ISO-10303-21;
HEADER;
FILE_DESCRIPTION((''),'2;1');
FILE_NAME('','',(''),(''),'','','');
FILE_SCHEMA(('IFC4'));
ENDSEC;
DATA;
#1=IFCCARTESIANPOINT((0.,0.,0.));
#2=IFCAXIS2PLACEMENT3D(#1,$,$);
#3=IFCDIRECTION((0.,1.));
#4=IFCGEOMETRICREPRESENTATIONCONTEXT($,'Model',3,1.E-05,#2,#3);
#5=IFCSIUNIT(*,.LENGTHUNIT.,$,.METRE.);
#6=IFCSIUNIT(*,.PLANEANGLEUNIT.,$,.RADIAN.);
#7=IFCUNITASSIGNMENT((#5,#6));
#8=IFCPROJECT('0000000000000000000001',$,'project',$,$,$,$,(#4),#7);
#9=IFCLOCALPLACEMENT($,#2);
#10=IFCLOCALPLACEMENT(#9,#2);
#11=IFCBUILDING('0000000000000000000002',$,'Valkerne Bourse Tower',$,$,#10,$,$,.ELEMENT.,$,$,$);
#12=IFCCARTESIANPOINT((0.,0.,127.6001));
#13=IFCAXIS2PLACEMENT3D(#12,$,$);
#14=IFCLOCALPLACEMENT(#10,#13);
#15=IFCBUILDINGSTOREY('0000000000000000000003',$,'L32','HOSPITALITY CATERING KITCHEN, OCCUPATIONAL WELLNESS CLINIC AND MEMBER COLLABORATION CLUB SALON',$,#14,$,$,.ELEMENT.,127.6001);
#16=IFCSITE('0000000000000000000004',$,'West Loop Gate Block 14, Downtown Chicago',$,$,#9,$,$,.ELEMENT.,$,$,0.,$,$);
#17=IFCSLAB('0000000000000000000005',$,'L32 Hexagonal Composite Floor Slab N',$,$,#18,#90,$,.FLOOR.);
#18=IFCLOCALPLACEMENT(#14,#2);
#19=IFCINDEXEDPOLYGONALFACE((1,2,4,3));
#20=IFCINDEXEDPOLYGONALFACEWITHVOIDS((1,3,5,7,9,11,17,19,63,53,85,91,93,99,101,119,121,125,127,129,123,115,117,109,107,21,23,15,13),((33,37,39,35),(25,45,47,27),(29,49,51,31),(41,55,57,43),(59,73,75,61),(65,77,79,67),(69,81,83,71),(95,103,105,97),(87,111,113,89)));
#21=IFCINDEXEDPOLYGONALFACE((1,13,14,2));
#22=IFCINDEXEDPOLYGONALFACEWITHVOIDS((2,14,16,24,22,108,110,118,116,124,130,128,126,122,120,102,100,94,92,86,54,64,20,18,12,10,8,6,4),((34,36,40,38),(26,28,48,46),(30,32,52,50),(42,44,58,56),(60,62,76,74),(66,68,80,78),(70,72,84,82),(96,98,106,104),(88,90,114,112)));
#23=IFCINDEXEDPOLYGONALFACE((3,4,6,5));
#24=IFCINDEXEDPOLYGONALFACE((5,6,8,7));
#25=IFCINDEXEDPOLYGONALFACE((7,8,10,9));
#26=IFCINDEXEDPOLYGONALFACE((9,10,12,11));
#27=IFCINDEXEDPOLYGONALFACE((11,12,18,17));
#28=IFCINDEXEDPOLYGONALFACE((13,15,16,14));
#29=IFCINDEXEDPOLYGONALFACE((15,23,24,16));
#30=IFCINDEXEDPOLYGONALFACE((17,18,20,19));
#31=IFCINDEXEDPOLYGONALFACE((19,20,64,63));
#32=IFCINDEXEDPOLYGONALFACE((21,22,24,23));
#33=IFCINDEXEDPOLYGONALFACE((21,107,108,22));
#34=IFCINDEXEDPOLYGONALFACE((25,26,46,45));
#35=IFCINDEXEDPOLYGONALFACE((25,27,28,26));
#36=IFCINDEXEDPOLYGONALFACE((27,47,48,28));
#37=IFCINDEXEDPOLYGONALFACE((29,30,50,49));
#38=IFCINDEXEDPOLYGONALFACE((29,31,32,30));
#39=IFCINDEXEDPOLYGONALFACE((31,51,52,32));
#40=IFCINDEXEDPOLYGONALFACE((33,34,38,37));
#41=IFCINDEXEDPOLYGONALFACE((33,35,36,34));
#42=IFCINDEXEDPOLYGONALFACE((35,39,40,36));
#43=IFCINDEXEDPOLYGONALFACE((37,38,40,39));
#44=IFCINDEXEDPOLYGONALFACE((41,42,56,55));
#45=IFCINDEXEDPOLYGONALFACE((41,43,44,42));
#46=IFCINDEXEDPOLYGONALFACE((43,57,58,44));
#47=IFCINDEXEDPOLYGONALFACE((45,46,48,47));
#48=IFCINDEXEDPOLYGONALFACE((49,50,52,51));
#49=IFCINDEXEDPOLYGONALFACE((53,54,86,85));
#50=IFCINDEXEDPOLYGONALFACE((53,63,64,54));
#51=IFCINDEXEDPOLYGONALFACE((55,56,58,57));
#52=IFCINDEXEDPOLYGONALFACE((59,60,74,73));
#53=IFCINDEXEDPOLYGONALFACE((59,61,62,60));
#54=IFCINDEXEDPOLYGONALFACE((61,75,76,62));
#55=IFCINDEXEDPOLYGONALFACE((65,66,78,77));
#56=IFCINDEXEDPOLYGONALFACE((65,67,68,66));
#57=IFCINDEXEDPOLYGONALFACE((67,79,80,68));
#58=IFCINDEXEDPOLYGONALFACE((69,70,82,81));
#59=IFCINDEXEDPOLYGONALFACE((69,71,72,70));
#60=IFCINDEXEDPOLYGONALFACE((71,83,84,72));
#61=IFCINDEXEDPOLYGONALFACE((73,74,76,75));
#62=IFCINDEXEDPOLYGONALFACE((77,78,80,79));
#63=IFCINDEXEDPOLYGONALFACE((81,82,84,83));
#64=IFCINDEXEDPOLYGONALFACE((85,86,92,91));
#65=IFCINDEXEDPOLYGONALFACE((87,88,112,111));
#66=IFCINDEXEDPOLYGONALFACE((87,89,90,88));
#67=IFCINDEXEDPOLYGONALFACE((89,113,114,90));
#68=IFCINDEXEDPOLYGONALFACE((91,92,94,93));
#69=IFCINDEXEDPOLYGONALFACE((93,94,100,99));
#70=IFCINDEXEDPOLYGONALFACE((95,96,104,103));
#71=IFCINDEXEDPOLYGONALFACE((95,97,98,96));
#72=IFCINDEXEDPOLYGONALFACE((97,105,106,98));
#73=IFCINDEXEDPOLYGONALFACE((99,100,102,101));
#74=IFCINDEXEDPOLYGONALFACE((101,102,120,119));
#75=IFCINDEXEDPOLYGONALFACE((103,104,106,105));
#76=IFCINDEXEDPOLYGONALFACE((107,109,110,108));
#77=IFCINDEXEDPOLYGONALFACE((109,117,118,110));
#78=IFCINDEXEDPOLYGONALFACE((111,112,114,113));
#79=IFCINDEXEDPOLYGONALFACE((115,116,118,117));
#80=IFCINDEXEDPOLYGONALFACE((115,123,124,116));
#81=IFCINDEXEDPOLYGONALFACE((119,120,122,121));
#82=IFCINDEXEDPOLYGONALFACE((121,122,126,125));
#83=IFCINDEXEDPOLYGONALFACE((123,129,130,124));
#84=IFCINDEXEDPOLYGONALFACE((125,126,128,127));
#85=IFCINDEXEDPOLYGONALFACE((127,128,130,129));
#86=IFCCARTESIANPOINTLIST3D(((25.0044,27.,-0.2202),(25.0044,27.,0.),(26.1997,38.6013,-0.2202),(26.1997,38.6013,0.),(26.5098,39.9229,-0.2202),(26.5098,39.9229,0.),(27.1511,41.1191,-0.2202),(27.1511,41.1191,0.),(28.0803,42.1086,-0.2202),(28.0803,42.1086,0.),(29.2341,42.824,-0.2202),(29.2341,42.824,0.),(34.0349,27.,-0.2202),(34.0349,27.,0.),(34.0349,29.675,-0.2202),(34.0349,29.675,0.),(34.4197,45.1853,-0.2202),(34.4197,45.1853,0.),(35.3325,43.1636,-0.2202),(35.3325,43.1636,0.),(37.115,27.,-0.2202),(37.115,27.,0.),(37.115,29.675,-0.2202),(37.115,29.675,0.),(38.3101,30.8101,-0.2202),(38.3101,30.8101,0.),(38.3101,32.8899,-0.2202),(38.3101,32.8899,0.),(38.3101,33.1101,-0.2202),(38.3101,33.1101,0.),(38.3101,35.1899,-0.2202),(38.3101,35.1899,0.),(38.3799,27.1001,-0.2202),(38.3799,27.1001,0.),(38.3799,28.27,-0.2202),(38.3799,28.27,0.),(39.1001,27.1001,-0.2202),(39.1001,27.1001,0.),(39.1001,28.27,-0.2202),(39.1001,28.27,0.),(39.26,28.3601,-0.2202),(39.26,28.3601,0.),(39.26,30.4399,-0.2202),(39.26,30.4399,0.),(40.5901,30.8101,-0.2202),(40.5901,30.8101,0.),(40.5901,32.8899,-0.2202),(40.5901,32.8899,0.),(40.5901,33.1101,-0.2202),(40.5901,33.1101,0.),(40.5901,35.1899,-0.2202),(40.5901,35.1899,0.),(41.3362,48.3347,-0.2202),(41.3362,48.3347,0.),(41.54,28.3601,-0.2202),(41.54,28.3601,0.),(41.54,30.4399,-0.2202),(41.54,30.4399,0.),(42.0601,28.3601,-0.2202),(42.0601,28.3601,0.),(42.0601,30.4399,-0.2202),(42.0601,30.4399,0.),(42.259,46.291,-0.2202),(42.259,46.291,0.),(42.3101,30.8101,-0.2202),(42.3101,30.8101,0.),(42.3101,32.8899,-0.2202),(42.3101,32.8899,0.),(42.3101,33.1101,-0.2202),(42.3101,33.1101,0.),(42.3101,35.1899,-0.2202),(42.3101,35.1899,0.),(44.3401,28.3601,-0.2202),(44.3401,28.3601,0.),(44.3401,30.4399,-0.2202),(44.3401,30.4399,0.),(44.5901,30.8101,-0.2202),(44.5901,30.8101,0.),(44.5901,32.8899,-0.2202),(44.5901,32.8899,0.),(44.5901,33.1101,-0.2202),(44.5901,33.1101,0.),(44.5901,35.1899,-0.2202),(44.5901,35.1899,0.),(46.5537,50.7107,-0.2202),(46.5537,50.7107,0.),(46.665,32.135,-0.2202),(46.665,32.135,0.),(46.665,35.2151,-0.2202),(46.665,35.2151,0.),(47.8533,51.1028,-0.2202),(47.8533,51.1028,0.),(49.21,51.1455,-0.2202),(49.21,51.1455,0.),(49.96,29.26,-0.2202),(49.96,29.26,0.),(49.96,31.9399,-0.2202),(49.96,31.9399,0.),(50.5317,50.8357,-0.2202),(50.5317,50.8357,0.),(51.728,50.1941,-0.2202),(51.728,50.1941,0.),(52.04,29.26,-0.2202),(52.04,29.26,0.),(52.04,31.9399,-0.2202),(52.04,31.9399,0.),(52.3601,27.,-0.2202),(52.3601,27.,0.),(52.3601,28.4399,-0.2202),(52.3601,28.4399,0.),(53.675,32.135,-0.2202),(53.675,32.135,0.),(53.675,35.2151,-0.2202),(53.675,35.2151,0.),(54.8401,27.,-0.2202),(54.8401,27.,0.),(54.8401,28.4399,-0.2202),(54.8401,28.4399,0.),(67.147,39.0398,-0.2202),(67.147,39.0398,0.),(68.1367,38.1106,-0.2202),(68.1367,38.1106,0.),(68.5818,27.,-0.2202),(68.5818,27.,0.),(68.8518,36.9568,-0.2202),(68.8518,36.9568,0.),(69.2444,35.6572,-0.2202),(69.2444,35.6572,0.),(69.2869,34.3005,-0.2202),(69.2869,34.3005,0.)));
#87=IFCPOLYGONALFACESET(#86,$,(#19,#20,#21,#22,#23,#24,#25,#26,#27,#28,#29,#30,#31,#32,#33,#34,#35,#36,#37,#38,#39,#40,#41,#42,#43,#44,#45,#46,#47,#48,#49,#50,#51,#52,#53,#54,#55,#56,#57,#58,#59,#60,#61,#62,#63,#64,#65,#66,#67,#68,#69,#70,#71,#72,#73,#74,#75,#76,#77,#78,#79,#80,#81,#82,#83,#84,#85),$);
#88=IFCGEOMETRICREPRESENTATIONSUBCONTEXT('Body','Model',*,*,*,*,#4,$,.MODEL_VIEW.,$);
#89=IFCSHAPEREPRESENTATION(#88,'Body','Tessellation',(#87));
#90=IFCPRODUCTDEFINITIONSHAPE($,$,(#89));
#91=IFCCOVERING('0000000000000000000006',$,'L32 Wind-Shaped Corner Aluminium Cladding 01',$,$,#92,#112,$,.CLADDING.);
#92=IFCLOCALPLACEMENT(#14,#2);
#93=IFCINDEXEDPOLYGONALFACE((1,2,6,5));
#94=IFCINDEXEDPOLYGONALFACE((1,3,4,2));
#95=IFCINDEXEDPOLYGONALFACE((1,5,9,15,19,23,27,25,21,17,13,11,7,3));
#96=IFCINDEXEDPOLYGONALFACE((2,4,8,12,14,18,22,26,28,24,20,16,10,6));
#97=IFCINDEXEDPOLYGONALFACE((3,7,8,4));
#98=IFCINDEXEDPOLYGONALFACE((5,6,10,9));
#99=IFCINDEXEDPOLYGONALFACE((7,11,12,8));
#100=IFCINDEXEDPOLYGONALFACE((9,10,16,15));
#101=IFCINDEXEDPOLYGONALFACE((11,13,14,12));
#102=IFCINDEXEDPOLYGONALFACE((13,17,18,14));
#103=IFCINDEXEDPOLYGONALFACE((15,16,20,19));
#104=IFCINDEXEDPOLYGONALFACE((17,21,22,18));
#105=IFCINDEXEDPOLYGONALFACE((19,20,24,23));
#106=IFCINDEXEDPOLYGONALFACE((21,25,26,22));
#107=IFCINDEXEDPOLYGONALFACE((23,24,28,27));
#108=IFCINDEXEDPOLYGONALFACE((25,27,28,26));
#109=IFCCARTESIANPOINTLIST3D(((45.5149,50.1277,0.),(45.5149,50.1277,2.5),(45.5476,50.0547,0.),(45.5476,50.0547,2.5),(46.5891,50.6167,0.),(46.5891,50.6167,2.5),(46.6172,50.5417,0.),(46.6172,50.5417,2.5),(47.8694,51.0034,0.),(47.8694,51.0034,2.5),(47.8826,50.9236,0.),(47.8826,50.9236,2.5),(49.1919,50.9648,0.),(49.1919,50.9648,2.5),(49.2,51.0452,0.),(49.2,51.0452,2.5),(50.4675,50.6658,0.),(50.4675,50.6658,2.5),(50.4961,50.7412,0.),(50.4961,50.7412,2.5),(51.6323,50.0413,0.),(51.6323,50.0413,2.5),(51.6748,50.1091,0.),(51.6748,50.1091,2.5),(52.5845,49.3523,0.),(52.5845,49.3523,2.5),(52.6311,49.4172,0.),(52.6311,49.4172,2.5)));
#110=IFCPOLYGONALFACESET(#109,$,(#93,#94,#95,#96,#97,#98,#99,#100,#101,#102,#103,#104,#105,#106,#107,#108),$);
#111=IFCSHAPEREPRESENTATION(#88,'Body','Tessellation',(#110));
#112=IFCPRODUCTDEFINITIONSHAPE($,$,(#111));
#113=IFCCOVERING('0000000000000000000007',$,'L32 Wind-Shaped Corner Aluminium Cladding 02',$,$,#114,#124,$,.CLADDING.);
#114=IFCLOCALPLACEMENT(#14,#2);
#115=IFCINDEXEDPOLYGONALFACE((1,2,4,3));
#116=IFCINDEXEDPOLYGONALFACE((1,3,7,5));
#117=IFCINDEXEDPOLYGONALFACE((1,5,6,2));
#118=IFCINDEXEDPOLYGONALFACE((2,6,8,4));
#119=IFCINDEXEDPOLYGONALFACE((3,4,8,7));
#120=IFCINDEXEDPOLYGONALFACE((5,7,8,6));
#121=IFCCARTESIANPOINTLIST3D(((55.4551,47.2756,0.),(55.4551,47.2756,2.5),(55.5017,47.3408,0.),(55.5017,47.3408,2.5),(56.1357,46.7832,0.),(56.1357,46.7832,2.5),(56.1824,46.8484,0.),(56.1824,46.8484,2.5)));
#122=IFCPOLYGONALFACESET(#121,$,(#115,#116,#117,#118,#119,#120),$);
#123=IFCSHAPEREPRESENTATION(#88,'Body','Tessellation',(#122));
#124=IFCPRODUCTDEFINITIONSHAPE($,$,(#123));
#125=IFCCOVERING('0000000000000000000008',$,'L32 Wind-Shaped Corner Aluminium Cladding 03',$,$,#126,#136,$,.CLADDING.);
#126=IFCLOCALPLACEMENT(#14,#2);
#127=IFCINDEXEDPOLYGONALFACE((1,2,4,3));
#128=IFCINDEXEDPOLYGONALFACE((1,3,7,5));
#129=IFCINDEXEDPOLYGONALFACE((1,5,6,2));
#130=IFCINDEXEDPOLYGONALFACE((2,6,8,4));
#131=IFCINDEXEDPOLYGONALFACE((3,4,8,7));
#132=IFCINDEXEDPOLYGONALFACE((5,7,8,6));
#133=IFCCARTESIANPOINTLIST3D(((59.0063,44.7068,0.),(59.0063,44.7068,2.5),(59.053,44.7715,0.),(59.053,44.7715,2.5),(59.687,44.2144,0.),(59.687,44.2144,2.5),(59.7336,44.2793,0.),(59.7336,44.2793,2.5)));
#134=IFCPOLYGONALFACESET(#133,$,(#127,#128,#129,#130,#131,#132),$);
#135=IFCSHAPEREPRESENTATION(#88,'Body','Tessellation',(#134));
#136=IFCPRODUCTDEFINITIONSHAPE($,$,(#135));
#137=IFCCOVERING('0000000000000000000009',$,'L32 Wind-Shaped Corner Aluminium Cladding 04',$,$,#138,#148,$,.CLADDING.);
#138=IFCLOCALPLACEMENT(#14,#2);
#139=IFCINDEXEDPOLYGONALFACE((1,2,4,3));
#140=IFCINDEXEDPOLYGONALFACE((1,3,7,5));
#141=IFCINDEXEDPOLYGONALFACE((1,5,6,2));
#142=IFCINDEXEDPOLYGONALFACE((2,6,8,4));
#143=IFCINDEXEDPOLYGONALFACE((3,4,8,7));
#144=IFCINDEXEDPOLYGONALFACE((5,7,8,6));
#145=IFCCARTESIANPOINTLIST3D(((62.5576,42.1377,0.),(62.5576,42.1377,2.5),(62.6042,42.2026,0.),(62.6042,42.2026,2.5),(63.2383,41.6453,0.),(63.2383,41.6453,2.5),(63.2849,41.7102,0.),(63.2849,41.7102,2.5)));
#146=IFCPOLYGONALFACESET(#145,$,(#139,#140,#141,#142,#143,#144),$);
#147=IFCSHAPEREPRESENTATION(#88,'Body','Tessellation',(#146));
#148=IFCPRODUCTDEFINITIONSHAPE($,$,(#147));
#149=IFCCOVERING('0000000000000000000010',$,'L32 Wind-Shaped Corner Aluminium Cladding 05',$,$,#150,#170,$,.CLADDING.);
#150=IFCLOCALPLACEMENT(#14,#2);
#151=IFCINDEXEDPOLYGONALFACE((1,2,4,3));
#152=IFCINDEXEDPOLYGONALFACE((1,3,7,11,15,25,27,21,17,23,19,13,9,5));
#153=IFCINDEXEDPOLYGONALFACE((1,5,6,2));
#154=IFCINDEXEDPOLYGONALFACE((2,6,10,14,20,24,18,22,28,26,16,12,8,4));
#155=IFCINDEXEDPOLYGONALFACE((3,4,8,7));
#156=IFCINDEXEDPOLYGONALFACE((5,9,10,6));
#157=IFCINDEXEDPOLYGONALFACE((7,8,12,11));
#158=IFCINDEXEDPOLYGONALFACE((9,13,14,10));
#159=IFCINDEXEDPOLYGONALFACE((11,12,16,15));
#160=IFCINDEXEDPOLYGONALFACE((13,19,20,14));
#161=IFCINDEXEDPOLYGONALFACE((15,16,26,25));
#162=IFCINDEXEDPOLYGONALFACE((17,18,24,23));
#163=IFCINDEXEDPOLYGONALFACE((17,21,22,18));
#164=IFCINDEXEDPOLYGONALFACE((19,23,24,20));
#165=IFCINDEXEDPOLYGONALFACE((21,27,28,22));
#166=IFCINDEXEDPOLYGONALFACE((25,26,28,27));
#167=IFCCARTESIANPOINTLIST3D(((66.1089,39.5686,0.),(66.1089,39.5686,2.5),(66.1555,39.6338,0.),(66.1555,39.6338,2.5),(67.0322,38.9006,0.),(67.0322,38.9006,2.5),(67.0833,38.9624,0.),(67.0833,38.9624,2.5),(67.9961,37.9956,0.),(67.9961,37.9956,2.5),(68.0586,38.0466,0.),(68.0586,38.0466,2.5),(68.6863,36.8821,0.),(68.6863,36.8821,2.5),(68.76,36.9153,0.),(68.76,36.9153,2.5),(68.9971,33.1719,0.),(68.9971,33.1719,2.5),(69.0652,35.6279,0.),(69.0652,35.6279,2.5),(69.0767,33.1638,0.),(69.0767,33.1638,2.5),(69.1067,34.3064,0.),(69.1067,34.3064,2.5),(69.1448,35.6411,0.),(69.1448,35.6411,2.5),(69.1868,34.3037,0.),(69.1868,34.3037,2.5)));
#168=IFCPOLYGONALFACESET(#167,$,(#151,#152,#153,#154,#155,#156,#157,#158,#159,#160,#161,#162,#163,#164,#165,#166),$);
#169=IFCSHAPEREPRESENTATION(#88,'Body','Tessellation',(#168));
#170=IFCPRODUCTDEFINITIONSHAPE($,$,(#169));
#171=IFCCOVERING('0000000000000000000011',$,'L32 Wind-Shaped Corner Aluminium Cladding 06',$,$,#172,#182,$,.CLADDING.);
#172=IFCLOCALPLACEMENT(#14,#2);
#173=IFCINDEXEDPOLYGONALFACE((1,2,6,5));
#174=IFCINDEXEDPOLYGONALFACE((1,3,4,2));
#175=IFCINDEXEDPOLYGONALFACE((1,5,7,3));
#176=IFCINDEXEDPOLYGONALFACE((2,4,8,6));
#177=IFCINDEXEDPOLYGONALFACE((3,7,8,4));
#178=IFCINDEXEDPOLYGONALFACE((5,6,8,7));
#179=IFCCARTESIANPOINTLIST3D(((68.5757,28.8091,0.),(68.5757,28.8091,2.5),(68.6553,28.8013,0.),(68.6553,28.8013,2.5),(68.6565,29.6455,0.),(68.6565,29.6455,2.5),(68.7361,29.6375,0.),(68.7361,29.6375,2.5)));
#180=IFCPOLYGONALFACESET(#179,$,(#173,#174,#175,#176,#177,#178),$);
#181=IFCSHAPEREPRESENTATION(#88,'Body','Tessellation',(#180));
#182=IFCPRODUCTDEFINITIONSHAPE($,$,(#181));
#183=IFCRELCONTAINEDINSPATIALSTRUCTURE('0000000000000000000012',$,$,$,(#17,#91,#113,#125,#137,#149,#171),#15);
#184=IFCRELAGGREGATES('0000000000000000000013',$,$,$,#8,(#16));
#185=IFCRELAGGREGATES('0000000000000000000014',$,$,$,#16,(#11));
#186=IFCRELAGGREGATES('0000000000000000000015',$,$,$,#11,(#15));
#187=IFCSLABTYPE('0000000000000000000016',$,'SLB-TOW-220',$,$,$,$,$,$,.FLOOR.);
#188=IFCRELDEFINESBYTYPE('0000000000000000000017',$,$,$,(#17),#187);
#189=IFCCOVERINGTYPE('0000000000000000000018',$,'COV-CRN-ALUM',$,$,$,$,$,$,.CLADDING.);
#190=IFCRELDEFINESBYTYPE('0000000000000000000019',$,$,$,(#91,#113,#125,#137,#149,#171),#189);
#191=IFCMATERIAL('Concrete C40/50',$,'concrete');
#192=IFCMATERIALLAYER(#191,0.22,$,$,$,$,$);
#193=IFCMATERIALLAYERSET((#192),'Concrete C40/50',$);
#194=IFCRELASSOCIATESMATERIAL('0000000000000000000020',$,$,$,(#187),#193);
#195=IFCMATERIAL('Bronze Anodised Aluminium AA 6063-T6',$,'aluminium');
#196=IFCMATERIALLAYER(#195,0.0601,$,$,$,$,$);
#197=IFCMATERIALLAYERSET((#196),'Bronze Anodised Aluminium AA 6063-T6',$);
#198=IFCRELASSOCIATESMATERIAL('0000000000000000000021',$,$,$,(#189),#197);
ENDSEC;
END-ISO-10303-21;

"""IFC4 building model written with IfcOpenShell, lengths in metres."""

from ifc_helpers import new_model, si_unit, direction, frame, origin, place, context, subcontext, project, spatial, polyline, outline, extrude, material, layer, layer_set, type_object, element, save


model = new_model("IFC4")

# Units and contexts
model_context = context("Model", 3, precision=1e-05, world=origin(), true_north=direction((0.0, 1.0)))
body_context = subcontext(model_context, "Body", "Model", "MODEL_VIEW")
ifc_project = project(units=[si_unit("LENGTHUNIT", "METRE"), si_unit("PLANEANGLEUNIT", "RADIAN")], contexts=[model_context])

# Site, building, storey
site_placement = place(None, origin())
site = spatial("IfcSite", under=ifc_project, at=site_placement, Name="West Loop Gate Block 14, Downtown Chicago", CompositionType="ELEMENT", RefElevation=0.0)
building_placement = place(site_placement, origin())
building = spatial("IfcBuilding", under=site, at=building_placement, Name="Valkerne Bourse Tower", CompositionType="ELEMENT")
storey_placement = place(building_placement, frame((0.0, 0.0, 127.6001)))
storey = spatial("IfcBuildingStorey", under=building, at=storey_placement, Name="L32", Description="HOSPITALITY CATERING KITCHEN, OCCUPATIONAL WELLNESS CLINIC AND MEMBER COLLABORATION CLUB SALON", CompositionType="ELEMENT", Elevation=127.6001)

# Slab
ifc_material_1 = material(Name="Concrete C40/50", Category="concrete")
ifc_layer_1 = layer(ifc_material_1, 0.22)
ifc_layer_set_1 = layer_set([ifc_layer_1], Name="Concrete C40/50")
slab_type_1 = type_object("IfcSlabType", Name="SLB-TOW-220", PredefinedType="FLOOR", material=ifc_layer_set_1)
slab_1_placement = place(storey_placement, frame((0.0, 0.0, -0.2202)))
element("IfcSlab", 1, at=slab_1_placement, inside=storey, type_object=slab_type_1, Name="L32 Hexagonal Composite Floor Slab N", PredefinedType="FLOOR", context=body_context, shape_type="SweptSolid", body=[
    extrude(outline(polyline([(49.21, 51.1455), (50.5317, 50.8357), (51.728, 50.1941), (67.147, 39.0398), (68.1367, 38.1106), (68.8518, 36.9568), (69.2444, 35.6572), (69.2869, 34.3005), (68.5818, 27.0), (54.8401, 27.0), (54.8401, 28.4399), (52.3601, 28.4399), (52.3601, 27.0), (37.115, 27.0), (37.115, 29.675), (34.0349, 29.675), (34.0349, 27.0), (25.0044, 27.0), (26.1997, 38.6013), (26.5098, 39.9229), (27.1511, 41.1191), (28.0803, 42.1086), (29.2341, 42.824), (34.4197, 45.1853), (35.3325, 43.1636), (42.259, 46.291), (41.3362, 48.3347), (46.5537, 50.7107), (47.8533, 51.1028), (49.21, 51.1455)]), holes=[polyline([(39.1001, 28.27), (38.3799, 28.27), (38.3799, 27.1001), (39.1001, 27.1001), (39.1001, 28.27)]), polyline([(41.54, 30.4399), (39.26, 30.4399), (39.26, 28.3601), (41.54, 28.3601), (41.54, 30.4399)]), polyline([(44.3401, 30.4399), (42.0601, 30.4399), (42.0601, 28.3601), (44.3401, 28.3601), (44.3401, 30.4399)]), polyline([(40.5901, 30.8101), (40.5901, 32.8899), (38.3101, 32.8899), (38.3101, 30.8101), (40.5901, 30.8101)]), polyline([(40.5901, 33.1101), (40.5901, 35.1899), (38.3101, 35.1899), (38.3101, 33.1101), (40.5901, 33.1101)]), polyline([(52.04, 31.9399), (49.96, 31.9399), (49.96, 29.26), (52.04, 29.26), (52.04, 31.9399)]), polyline([(44.5901, 32.8899), (42.3101, 32.8899), (42.3101, 30.8101), (44.5901, 30.8101), (44.5901, 32.8899)]), polyline([(53.675, 32.135), (53.675, 35.2151), (46.665, 35.2151), (46.665, 32.135), (53.675, 32.135)]), polyline([(44.5901, 33.1101), (44.5901, 35.1899), (42.3101, 35.1899), (42.3101, 33.1101), (44.5901, 33.1101)])]), origin(), (0.0, 0.0, 1.0), 0.2202),
])

# Coverings
ifc_material_2 = material(Name="Bronze Anodised Aluminium AA 6063-T6", Category="aluminium")
ifc_layer_2 = layer(ifc_material_2, 0.0601)
ifc_layer_set_2 = layer_set([ifc_layer_2], Name="Bronze Anodised Aluminium AA 6063-T6")
covering_type = type_object("IfcCoveringType", Name="COV-CRN-ALUM", PredefinedType="CLADDING", material=ifc_layer_set_2)
covering_1_placement = place(storey_placement, origin())
element("IfcCovering", 2, at=covering_1_placement, inside=storey, type_object=covering_type, Name="L32 Wind-Shaped Corner Aluminium Cladding 01", PredefinedType="CLADDING", context=body_context, shape_type="SweptSolid", body=[
    extrude(outline(polyline([(49.2, 51.0452), (50.4961, 50.7412), (51.6748, 50.1091), (52.6311, 49.4172), (52.5845, 49.3523), (51.6323, 50.0413), (50.4675, 50.6658), (49.1919, 50.9648), (47.8826, 50.9236), (46.6172, 50.5417), (45.5476, 50.0547), (45.5149, 50.1277), (46.5891, 50.6167), (47.8694, 51.0034), (49.2, 51.0452)])), origin(), (0.0, 0.0, 1.0), 2.5),
])
covering_2_placement = place(storey_placement, origin())
element("IfcCovering", 3, at=covering_2_placement, inside=storey, type_object=covering_type, Name="L32 Wind-Shaped Corner Aluminium Cladding 02", PredefinedType="CLADDING", context=body_context, shape_type="SweptSolid", body=[
    extrude(outline(polyline([(56.1824, 46.8484), (56.1357, 46.7832), (55.4551, 47.2756), (55.5017, 47.3408), (56.1824, 46.8484)])), origin(), (0.0, 0.0, 1.0), 2.5),
])
covering_3_placement = place(storey_placement, origin())
element("IfcCovering", 4, at=covering_3_placement, inside=storey, type_object=covering_type, Name="L32 Wind-Shaped Corner Aluminium Cladding 03", PredefinedType="CLADDING", context=body_context, shape_type="SweptSolid", body=[
    extrude(outline(polyline([(59.7336, 44.2793), (59.687, 44.2144), (59.0063, 44.7068), (59.053, 44.7715), (59.7336, 44.2793)])), origin(), (0.0, 0.0, 1.0), 2.5),
])
covering_4_placement = place(storey_placement, origin())
element("IfcCovering", 5, at=covering_4_placement, inside=storey, type_object=covering_type, Name="L32 Wind-Shaped Corner Aluminium Cladding 04", PredefinedType="CLADDING", context=body_context, shape_type="SweptSolid", body=[
    extrude(outline(polyline([(63.2849, 41.7102), (63.2383, 41.6453), (62.5576, 42.1377), (62.6042, 42.2026), (63.2849, 41.7102)])), origin(), (0.0, 0.0, 1.0), 2.5),
])
covering_5_placement = place(storey_placement, origin())
element("IfcCovering", 6, at=covering_5_placement, inside=storey, type_object=covering_type, Name="L32 Wind-Shaped Corner Aluminium Cladding 05", PredefinedType="CLADDING", context=body_context, shape_type="SweptSolid", body=[
    extrude(outline(polyline([(67.0833, 38.9624), (68.0586, 38.0466), (68.76, 36.9153), (69.1448, 35.6411), (69.1868, 34.3037), (69.0767, 33.1638), (68.9971, 33.1719), (69.1067, 34.3064), (69.0652, 35.6279), (68.6863, 36.8821), (67.9961, 37.9956), (67.0322, 38.9006), (66.1089, 39.5686), (66.1555, 39.6338), (67.0833, 38.9624)])), origin(), (0.0, 0.0, 1.0), 2.5),
])
covering_6_placement = place(storey_placement, origin())
element("IfcCovering", 7, at=covering_6_placement, inside=storey, type_object=covering_type, Name="L32 Wind-Shaped Corner Aluminium Cladding 06", PredefinedType="CLADDING", context=body_context, shape_type="SweptSolid", body=[
    extrude(outline(polyline([(68.6553, 28.8013), (68.5757, 28.8091), (68.6565, 29.6455), (68.7361, 29.6375), (68.6553, 28.8013)])), origin(), (0.0, 0.0, 1.0), 2.5),
])

save(model, "model.ifc")
